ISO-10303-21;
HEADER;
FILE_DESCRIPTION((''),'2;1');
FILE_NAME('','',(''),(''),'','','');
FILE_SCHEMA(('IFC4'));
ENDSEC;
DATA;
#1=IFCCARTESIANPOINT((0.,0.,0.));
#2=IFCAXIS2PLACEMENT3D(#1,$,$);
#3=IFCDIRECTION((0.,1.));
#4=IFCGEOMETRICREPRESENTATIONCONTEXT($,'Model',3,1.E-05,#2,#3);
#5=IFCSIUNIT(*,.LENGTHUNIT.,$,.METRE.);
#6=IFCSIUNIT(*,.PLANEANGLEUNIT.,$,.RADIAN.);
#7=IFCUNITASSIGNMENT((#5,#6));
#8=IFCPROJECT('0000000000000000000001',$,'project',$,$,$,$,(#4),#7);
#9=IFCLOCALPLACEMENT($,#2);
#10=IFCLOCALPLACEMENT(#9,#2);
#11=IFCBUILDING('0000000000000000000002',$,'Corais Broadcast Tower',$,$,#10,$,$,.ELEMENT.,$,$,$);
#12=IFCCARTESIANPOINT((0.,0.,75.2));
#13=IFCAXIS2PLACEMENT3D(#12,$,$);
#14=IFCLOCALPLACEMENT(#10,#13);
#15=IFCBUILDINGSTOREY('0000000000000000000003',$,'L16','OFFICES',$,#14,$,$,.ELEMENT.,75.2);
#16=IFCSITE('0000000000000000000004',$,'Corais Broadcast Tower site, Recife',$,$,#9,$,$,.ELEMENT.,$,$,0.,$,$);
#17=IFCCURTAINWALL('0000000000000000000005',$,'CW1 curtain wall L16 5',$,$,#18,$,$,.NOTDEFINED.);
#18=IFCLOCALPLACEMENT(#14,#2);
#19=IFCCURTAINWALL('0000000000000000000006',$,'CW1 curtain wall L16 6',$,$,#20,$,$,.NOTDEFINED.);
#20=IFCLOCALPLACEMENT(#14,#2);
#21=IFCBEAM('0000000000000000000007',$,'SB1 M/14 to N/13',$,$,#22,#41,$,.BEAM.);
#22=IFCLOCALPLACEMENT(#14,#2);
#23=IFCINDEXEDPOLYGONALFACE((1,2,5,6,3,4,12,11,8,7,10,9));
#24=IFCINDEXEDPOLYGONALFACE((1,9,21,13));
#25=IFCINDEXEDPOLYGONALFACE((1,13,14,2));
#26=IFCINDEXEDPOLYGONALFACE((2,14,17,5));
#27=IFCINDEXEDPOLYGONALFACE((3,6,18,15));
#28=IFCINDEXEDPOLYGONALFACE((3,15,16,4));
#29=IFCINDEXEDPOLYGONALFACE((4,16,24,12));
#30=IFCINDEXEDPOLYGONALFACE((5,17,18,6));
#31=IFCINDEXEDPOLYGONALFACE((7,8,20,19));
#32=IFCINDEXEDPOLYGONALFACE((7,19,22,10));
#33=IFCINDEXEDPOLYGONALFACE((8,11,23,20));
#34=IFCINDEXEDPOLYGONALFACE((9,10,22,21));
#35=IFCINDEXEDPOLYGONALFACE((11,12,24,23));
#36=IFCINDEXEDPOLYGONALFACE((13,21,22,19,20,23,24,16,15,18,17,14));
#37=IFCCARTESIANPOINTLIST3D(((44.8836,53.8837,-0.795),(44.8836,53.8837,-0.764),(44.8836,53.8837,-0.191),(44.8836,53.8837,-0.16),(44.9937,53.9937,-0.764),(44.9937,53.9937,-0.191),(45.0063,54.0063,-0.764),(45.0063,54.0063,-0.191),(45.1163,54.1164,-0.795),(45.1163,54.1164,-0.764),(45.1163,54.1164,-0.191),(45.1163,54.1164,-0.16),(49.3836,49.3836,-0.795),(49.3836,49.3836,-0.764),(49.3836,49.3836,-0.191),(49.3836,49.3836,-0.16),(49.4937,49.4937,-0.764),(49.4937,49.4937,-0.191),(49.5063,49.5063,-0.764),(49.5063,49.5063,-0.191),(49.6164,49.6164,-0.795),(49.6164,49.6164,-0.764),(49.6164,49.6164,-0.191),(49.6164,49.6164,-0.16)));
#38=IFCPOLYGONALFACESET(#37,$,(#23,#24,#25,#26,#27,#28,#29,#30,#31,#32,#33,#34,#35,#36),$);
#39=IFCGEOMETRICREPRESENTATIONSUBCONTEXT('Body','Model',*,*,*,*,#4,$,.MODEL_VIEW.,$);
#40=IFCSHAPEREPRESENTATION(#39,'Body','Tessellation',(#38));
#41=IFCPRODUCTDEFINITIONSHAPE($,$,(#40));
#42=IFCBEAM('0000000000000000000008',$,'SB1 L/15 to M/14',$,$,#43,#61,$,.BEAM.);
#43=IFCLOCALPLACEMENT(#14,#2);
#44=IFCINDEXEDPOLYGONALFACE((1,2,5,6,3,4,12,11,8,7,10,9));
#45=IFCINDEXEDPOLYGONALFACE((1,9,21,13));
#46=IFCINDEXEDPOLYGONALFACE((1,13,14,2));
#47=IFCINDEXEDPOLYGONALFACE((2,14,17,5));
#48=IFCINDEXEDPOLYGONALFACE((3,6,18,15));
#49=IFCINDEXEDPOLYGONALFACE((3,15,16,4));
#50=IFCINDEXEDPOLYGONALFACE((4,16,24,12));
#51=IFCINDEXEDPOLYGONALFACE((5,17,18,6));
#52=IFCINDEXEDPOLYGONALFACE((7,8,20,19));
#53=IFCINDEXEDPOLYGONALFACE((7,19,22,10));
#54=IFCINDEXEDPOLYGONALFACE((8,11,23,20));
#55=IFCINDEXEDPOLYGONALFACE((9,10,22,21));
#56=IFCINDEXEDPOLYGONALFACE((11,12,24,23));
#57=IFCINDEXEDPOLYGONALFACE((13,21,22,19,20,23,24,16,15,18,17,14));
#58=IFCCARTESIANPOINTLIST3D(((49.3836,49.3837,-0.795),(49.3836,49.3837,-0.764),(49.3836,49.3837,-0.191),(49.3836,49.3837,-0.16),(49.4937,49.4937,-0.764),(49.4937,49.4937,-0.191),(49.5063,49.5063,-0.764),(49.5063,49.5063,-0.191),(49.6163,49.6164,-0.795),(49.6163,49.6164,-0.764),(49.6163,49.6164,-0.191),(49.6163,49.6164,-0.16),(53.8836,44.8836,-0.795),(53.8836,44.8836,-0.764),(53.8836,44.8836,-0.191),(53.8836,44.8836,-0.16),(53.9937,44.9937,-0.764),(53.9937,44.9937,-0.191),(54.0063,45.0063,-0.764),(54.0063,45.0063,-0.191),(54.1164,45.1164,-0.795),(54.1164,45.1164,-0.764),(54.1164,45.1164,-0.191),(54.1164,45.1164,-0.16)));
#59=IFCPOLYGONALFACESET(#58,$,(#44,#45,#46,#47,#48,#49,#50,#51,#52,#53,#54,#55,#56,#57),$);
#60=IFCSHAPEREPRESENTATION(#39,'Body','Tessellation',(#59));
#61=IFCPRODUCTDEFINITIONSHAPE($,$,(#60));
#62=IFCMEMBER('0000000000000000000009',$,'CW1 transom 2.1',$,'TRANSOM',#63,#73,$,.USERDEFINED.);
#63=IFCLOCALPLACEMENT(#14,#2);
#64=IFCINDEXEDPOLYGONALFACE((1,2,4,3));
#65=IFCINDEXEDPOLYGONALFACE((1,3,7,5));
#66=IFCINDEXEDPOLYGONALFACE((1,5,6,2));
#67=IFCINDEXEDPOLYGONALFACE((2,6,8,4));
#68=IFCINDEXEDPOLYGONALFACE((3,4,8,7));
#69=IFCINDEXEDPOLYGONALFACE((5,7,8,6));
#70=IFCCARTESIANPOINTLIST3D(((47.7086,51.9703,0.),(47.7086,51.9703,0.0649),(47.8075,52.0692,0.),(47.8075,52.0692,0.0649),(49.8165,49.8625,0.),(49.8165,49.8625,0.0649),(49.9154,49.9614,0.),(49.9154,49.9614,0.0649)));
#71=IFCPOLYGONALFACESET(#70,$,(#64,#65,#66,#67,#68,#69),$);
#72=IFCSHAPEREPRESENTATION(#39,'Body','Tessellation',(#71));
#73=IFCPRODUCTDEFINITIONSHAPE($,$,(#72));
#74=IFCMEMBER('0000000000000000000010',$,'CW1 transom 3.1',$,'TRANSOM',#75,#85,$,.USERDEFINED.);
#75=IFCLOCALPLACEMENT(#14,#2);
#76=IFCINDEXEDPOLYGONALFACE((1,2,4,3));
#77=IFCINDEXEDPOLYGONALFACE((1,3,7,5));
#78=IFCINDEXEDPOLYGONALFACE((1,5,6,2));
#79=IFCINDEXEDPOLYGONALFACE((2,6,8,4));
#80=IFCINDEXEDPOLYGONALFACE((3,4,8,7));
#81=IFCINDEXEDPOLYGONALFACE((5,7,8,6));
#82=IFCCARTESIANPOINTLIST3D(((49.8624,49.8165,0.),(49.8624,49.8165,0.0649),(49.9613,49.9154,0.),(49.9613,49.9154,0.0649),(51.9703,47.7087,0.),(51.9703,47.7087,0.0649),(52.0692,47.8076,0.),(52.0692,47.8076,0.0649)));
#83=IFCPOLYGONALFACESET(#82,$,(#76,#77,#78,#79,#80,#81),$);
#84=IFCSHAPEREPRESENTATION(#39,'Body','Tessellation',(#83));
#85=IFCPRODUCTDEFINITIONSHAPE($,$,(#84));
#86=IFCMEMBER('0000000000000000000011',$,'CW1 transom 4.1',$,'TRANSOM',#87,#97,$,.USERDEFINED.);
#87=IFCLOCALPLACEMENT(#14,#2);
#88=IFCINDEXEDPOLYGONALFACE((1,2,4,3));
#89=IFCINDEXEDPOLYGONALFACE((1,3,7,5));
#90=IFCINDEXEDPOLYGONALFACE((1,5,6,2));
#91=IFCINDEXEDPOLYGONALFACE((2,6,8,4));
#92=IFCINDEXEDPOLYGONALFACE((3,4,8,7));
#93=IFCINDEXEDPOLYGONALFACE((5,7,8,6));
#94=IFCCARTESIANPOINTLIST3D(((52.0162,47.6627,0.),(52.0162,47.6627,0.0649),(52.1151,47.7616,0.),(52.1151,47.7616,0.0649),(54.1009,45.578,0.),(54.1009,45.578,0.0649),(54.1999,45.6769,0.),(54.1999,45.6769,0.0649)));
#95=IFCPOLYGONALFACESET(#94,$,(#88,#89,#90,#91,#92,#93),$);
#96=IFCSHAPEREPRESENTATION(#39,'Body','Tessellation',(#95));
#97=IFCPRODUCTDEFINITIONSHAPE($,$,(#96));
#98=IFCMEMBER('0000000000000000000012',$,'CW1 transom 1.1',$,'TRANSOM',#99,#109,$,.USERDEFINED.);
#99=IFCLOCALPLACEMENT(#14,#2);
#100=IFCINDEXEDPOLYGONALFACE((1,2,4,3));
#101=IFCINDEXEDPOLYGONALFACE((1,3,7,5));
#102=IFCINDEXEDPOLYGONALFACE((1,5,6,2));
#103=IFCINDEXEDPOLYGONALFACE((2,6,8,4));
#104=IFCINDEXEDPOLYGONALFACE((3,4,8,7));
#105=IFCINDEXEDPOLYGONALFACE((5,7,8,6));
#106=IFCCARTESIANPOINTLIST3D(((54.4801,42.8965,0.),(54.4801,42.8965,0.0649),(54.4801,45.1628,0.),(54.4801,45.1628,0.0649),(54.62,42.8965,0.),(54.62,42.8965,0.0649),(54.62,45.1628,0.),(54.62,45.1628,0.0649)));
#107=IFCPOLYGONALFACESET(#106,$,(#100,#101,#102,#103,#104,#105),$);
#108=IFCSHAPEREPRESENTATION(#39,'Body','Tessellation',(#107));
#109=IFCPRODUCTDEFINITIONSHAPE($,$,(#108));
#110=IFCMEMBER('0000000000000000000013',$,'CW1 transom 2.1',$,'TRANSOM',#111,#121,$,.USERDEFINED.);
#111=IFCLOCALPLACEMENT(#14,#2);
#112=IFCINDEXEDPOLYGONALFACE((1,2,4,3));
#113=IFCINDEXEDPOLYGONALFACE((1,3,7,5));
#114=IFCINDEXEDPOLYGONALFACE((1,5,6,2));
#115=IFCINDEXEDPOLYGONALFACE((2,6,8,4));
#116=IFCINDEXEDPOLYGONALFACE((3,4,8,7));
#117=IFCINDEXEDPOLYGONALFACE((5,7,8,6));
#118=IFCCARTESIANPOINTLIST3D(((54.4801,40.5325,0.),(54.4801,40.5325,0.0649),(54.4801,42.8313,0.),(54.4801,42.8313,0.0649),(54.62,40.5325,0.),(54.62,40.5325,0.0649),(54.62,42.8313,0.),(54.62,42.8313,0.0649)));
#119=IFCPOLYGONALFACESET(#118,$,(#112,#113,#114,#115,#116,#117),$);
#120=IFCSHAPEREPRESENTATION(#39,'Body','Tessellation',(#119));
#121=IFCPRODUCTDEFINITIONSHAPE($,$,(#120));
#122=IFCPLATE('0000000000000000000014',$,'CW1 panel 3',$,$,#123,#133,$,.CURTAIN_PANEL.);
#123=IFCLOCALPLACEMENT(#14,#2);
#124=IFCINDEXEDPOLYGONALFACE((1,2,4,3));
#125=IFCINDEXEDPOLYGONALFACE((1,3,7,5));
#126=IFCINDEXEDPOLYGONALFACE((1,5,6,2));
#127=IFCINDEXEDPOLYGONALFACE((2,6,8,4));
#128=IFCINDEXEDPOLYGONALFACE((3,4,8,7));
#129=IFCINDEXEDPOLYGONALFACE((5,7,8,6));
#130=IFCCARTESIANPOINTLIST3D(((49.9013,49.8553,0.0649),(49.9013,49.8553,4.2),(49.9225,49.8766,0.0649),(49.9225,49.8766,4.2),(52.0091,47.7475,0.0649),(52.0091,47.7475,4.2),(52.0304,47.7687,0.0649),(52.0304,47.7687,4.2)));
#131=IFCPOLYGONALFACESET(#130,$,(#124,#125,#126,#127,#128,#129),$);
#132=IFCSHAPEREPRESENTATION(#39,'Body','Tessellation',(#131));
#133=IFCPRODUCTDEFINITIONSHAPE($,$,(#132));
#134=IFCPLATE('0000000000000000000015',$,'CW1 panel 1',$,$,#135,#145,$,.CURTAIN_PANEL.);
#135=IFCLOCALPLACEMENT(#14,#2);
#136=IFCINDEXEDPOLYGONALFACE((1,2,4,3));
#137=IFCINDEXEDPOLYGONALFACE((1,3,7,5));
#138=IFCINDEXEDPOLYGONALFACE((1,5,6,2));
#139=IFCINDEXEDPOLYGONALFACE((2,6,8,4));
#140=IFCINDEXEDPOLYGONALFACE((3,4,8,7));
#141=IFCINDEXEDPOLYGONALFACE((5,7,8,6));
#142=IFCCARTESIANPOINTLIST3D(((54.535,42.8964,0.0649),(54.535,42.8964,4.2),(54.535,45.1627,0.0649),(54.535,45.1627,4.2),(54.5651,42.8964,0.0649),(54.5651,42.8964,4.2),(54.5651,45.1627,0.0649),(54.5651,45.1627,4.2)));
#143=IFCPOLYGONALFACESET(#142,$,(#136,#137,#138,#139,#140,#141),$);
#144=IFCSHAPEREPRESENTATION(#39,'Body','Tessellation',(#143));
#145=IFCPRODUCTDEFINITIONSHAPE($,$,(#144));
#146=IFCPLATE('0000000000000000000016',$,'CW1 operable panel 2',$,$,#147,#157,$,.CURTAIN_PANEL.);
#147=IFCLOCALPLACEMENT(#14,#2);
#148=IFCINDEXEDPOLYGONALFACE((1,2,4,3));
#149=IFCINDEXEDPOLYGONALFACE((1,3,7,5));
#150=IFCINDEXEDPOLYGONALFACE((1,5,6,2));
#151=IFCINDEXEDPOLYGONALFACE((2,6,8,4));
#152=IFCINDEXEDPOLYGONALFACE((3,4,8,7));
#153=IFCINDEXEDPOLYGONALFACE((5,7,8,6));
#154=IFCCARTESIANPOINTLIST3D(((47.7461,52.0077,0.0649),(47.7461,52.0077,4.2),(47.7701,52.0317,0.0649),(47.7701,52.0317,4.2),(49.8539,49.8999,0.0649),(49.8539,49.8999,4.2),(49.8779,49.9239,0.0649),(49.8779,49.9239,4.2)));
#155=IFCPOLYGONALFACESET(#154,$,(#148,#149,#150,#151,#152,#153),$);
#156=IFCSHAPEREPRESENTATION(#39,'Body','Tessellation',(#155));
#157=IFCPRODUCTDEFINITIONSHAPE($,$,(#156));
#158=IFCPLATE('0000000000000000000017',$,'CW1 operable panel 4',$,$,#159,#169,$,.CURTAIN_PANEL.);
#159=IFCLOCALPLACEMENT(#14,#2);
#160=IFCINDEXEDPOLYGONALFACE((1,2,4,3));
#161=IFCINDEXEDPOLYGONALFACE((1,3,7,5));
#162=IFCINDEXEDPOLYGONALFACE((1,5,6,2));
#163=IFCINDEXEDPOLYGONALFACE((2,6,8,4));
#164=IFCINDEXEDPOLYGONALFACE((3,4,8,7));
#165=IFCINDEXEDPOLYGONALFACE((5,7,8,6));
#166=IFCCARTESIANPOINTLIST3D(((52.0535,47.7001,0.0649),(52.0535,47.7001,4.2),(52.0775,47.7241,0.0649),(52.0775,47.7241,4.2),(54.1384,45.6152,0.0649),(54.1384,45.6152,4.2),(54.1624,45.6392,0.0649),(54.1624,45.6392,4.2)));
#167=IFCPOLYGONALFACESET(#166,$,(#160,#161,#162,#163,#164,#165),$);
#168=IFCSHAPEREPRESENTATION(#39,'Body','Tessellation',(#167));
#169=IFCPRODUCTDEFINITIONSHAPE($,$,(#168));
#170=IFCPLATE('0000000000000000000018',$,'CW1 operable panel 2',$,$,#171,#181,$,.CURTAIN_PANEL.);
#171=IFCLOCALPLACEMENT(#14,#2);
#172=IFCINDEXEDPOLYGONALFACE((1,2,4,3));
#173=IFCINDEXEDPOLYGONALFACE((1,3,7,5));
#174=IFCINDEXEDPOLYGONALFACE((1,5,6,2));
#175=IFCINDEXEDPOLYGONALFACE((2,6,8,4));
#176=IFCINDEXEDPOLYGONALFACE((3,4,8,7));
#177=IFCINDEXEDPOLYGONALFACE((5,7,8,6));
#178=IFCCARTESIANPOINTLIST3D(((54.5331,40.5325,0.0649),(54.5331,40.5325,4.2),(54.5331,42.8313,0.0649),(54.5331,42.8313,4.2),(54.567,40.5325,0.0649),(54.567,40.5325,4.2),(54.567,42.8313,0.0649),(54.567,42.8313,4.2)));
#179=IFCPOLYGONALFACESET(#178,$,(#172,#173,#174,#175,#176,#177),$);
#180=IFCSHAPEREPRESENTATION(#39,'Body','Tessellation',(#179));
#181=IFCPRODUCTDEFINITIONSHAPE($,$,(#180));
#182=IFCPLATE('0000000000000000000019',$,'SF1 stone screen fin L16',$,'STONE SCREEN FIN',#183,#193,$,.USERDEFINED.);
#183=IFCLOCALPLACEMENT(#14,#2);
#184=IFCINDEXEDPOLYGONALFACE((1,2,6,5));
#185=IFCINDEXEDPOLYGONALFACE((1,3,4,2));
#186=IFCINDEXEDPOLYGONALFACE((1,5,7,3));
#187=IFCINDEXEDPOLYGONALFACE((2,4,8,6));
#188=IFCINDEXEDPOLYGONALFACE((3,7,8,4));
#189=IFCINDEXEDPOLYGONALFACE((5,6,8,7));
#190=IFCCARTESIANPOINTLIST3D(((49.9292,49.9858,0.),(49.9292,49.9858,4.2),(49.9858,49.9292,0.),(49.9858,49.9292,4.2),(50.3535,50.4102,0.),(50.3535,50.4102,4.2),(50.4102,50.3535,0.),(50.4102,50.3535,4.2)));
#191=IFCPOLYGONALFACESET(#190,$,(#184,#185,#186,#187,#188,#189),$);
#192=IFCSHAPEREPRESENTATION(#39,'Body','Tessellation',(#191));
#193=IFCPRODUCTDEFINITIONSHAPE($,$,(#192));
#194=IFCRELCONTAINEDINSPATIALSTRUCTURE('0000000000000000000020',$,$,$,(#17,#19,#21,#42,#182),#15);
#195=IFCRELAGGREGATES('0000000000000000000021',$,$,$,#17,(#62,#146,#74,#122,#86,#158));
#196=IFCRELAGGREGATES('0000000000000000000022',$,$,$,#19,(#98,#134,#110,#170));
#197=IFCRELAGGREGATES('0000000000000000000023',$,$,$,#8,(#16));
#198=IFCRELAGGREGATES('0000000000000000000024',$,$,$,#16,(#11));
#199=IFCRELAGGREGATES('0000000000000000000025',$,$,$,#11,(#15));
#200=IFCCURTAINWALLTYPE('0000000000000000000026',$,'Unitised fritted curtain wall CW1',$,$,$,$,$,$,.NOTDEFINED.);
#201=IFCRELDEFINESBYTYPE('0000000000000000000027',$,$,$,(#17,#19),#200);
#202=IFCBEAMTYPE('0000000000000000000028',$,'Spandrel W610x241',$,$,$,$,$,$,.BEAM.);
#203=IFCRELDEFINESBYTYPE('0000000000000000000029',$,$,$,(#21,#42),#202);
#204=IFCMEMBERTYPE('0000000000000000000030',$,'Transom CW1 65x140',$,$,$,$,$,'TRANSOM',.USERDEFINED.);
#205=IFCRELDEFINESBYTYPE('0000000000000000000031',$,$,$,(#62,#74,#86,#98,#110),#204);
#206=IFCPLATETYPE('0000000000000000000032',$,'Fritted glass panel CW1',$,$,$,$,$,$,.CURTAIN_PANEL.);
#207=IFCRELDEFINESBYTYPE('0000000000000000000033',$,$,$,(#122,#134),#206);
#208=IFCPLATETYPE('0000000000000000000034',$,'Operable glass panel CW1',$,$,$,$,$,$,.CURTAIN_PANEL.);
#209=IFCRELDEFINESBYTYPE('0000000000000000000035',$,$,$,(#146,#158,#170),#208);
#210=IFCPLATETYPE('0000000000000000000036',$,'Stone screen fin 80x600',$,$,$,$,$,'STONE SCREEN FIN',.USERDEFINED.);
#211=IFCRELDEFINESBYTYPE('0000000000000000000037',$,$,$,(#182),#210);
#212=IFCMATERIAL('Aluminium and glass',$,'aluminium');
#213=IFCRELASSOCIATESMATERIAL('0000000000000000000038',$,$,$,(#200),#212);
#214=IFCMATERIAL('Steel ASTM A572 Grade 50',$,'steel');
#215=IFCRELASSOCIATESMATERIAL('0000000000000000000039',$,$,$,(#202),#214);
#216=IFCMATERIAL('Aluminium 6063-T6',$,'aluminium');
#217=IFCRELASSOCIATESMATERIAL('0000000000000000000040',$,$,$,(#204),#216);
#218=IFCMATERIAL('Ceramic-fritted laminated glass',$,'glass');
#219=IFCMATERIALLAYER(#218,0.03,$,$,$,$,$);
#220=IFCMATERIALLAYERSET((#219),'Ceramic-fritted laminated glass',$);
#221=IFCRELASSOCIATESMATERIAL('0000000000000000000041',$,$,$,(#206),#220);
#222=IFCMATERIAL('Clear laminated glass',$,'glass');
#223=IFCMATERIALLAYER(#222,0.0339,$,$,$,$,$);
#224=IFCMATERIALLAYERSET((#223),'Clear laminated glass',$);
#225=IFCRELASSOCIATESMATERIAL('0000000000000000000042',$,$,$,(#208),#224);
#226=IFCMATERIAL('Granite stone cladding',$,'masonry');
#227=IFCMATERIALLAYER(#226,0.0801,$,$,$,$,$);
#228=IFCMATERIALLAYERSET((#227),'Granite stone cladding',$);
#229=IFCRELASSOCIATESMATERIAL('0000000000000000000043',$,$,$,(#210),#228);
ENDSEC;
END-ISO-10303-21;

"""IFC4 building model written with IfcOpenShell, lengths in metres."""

from ifc_helpers import new_model, si_unit, direction, frame, origin, origin_2d, place, context, subcontext, project, spatial, rectangle, i_section, extrude, material, layer, layer_set, material_profile, profile_set, type_object, element, aggregate, save


model = new_model("IFC4")

# Units and contexts
model_context = context("Model", 3, precision=1e-05, world=origin(), true_north=direction((0.0, 1.0)))
body_context = subcontext(model_context, "Body", "Model", "MODEL_VIEW")
ifc_project = project(units=[si_unit("LENGTHUNIT", "METRE"), si_unit("PLANEANGLEUNIT", "RADIAN")], contexts=[model_context])

# Site, building, storey
site_placement = place(None, origin())
site = spatial("IfcSite", under=ifc_project, at=site_placement, Name="Corais Broadcast Tower site, Recife", CompositionType="ELEMENT", RefElevation=0.0)
building_placement = place(site_placement, origin())
building = spatial("IfcBuilding", under=site, at=building_placement, Name="Corais Broadcast Tower", CompositionType="ELEMENT")
storey_placement = place(building_placement, frame((0.0, 0.0, 75.2)))
storey = spatial("IfcBuildingStorey", under=building, at=storey_placement, Name="L16", Description="OFFICES", CompositionType="ELEMENT", Elevation=75.2)

# Curtain walls
ifc_material_1 = material(Name="Aluminium and glass", Category="aluminium")
curtain_wall_type = type_object("IfcCurtainWallType", Name="Unitised fritted curtain wall CW1", PredefinedType="NOTDEFINED", material=ifc_material_1)
curtain_wall_1_placement = place(storey_placement, origin())
curtain_wall_1 = element("IfcCurtainWall", 1, at=curtain_wall_1_placement, inside=storey, type_object=curtain_wall_type, Name="CW1 curtain wall L16 5", PredefinedType="NOTDEFINED")
curtain_wall_2_placement = place(storey_placement, origin())
curtain_wall_2 = element("IfcCurtainWall", 2, at=curtain_wall_2_placement, inside=storey, type_object=curtain_wall_type, Name="CW1 curtain wall L16 6", PredefinedType="NOTDEFINED")

# Beams
ifc_material_2 = material(Name="Steel ASTM A572 Grade 50", Category="steel")
ifc_material_profile_1 = material_profile(ifc_material_2, i_section(OverallWidth=0.3291, OverallDepth=0.635, WebThickness=0.0178, FlangeThickness=0.031, at=origin_2d()), Name="W610x241")
ifc_profile_set_1 = profile_set([ifc_material_profile_1], Name="Steel ASTM A572 Grade 50")
beam_type_1 = type_object("IfcBeamType", Name="Spandrel W610x241", PredefinedType="BEAM", material=ifc_profile_set_1)
for number, where, z_axis, x_axis, name in (
    (3, (49.5, 49.5, -0.4775), (-0.707107, 0.707107, 0.0), (-0.707107, -0.707107, 0.0), "SB1 M/14 to N/13"),
    (4, (54.0, 45.0, -0.4775), (-0.707107, 0.707107, 0.0), (-0.707107, -0.707107, 0.0), "SB1 L/15 to M/14"),
):
    element("IfcBeam", number, at=place(storey_placement, frame(where, z_axis=z_axis, x_axis=x_axis)), inside=storey, type_object=beam_type_1, Name=name, PredefinedType="BEAM", context=body_context, shape_type="SweptSolid", body=[
        extrude(i_section(OverallWidth=0.3291, OverallDepth=0.635, WebThickness=0.0178, FlangeThickness=0.031, at=origin_2d()), origin(), (0.0, 0.0, 1.0), 6.364),
    ])

# Members
ifc_material_3 = material(Name="Aluminium 6063-T6", Category="aluminium")
ifc_material_profile_2 = material_profile(ifc_material_3, rectangle(XDim=0.1399, YDim=0.0649, at=origin_2d()), Name="Transom CW1 65x140")
ifc_profile_set_2 = profile_set([ifc_material_profile_2], Name="Aluminium 6063-T6")
member_type_1 = type_object("IfcMemberType", Name="Transom CW1 65x140", ElementType="TRANSOM", PredefinedType="USERDEFINED", material=ifc_profile_set_2)
member_1_placement = place(storey_placement, frame((47.7581, 52.0198, 0.0325), z_axis=(0.707107, -0.707107, 0.0), x_axis=(0.707107, 0.707107, 0.0)))
member_1 = element("IfcMember", 5, at=member_1_placement, type_object=member_type_1, Name="CW1 transom 2.1", ObjectType="TRANSOM", PredefinedType="USERDEFINED", context=body_context, shape_type="SweptSolid", body=[
    extrude(rectangle(XDim=0.1399, YDim=0.0649, at=origin_2d()), origin(), (0.0, 0.0, 1.0), 2.981),
])
member_2_placement = place(storey_placement, frame((49.9119, 49.866, 0.0325), z_axis=(0.707107, -0.707107, 0.0), x_axis=(0.707107, 0.707107, 0.0)))
member_2 = element("IfcMember", 6, at=member_2_placement, type_object=member_type_1, Name="CW1 transom 3.1", ObjectType="TRANSOM", PredefinedType="USERDEFINED", context=body_context, shape_type="SweptSolid", body=[
    extrude(rectangle(XDim=0.1399, YDim=0.0649, at=origin_2d()), origin(), (0.0, 0.0, 1.0), 2.981),
])
member_3_placement = place(storey_placement, frame((52.0657, 47.7122, 0.0325), z_axis=(0.707107, -0.707107, 0.0), x_axis=(0.707107, 0.707107, 0.0)))
member_3 = element("IfcMember", 7, at=member_3_placement, type_object=member_type_1, Name="CW1 transom 4.1", ObjectType="TRANSOM", PredefinedType="USERDEFINED", context=body_context, shape_type="SweptSolid", body=[
    extrude(rectangle(XDim=0.1399, YDim=0.0649, at=origin_2d()), origin(), (0.0, 0.0, 1.0), 2.9482),
])
member_4_placement = place(storey_placement, frame((54.55, 45.1628, 0.0325), z_axis=(0.0, -1.0, 0.0), x_axis=(1.0, 0.0, 0.0)))
member_4 = element("IfcMember", 8, at=member_4_placement, type_object=member_type_1, Name="CW1 transom 1.1", ObjectType="TRANSOM", PredefinedType="USERDEFINED", context=body_context, shape_type="SweptSolid", body=[
    extrude(rectangle(XDim=0.1399, YDim=0.0649, at=origin_2d()), origin(), (0.0, 0.0, 1.0), 2.2664),
])
member_5_placement = place(storey_placement, frame((54.55, 42.8313, 0.0325), z_axis=(0.0, -1.0, 0.0), x_axis=(1.0, 0.0, 0.0)))
member_5 = element("IfcMember", 9, at=member_5_placement, type_object=member_type_1, Name="CW1 transom 2.1", ObjectType="TRANSOM", PredefinedType="USERDEFINED", context=body_context, shape_type="SweptSolid", body=[
    extrude(rectangle(XDim=0.1399, YDim=0.0649, at=origin_2d()), origin(), (0.0, 0.0, 1.0), 2.2988),
])

# Plates
ifc_material_4 = material(Name="Ceramic-fritted laminated glass", Category="glass")
ifc_layer_1 = layer(ifc_material_4, 0.03)
ifc_layer_set_1 = layer_set([ifc_layer_1], Name="Ceramic-fritted laminated glass")
plate_type_1 = type_object("IfcPlateType", Name="Fritted glass panel CW1", PredefinedType="CURTAIN_PANEL", material=ifc_layer_set_1)
plate_1_placement = place(storey_placement, frame((50.9658, 48.812, 0.0649), z_axis=(0.0, 0.0, 1.0), x_axis=(0.707107, -0.707107, 0.0)))
plate_1 = element("IfcPlate", 10, at=plate_1_placement, type_object=plate_type_1, Name="CW1 panel 3", PredefinedType="CURTAIN_PANEL", context=body_context, shape_type="SweptSolid", body=[
    extrude(rectangle(XDim=2.981, YDim=0.03, at=origin_2d()), origin(), (0.0, 0.0, 1.0), 4.135),
])
plate_2_placement = place(storey_placement, frame((54.55, 44.0295, 0.0649), z_axis=(0.0, 0.0, 1.0), x_axis=(0.0, -1.0, 0.0)))
plate_2 = element("IfcPlate", 11, at=plate_2_placement, type_object=plate_type_1, Name="CW1 panel 1", PredefinedType="CURTAIN_PANEL", context=body_context, shape_type="SweptSolid", body=[
    extrude(rectangle(XDim=2.2664, YDim=0.03, at=origin_2d()), origin(), (0.0, 0.0, 1.0), 4.135),
])
ifc_material_5 = material(Name="Clear laminated glass", Category="glass")
ifc_layer_2 = layer(ifc_material_5, 0.0339)
ifc_layer_set_2 = layer_set([ifc_layer_2], Name="Clear laminated glass")
plate_type_2 = type_object("IfcPlateType", Name="Operable glass panel CW1", PredefinedType="CURTAIN_PANEL", material=ifc_layer_set_2)
plate_3_placement = place(storey_placement, frame((48.812, 50.9658, 0.0649), z_axis=(0.0, 0.0, 1.0), x_axis=(0.707107, -0.707107, 0.0)))
plate_3 = element("IfcPlate", 12, at=plate_3_placement, type_object=plate_type_2, Name="CW1 operable panel 2", PredefinedType="CURTAIN_PANEL", context=body_context, shape_type="SweptSolid", body=[
    extrude(rectangle(XDim=2.981, YDim=0.0339, at=origin_2d()), origin(), (0.0, 0.0, 1.0), 4.135),
])
plate_4_placement = place(storey_placement, frame((53.1079, 46.6697, 0.0649), z_axis=(0.0, 0.0, 1.0), x_axis=(0.707107, -0.707107, 0.0)))
plate_4 = element("IfcPlate", 13, at=plate_4_placement, type_object=plate_type_2, Name="CW1 operable panel 4", PredefinedType="CURTAIN_PANEL", context=body_context, shape_type="SweptSolid", body=[
    extrude(rectangle(XDim=2.9485, YDim=0.0339, at=origin_2d()), origin(), (0.0, 0.0, 1.0), 4.135),
])
aggregate(curtain_wall_1, [member_1, plate_3, member_2, plate_1, member_3, plate_4])
plate_5_placement = place(storey_placement, frame((54.55, 41.6819, 0.0649), z_axis=(0.0, 0.0, 1.0), x_axis=(0.0, -1.0, 0.0)))
plate_5 = element("IfcPlate", 14, at=plate_5_placement, type_object=plate_type_2, Name="CW1 operable panel 2", PredefinedType="CURTAIN_PANEL", context=body_context, shape_type="SweptSolid", body=[
    extrude(rectangle(XDim=2.2988, YDim=0.0339, at=origin_2d()), origin(), (0.0, 0.0, 1.0), 4.135),
])
aggregate(curtain_wall_2, [member_4, plate_2, member_5, plate_5])

# Plate
ifc_material_6 = material(Name="Granite stone cladding", Category="masonry")
ifc_layer_3 = layer(ifc_material_6, 0.0801)
ifc_layer_set_3 = layer_set([ifc_layer_3], Name="Granite stone cladding")
plate_type_3 = type_object("IfcPlateType", Name="Stone screen fin 80x600", ElementType="STONE SCREEN FIN", PredefinedType="USERDEFINED", material=ifc_layer_set_3)
for number, where, z_axis, x_axis, name in (
    (15, (50.1697, 50.1697, 0.0), (0.0, 0.0, 1.0), (0.707107, -0.707107, 0.0), "SF1 stone screen fin L16"),
):
    element("IfcPlate", number, at=place(storey_placement, frame(where, z_axis=z_axis, x_axis=x_axis)), inside=storey, type_object=plate_type_3, Name=name, ObjectType="STONE SCREEN FIN", PredefinedType="USERDEFINED", context=body_context, shape_type="SweptSolid", body=[
        extrude(rectangle(XDim=0.0801, YDim=0.6001, at=origin_2d()), origin(), (0.0, 0.0, 1.0), 4.2),
    ])

save(model, "model.ifc")
